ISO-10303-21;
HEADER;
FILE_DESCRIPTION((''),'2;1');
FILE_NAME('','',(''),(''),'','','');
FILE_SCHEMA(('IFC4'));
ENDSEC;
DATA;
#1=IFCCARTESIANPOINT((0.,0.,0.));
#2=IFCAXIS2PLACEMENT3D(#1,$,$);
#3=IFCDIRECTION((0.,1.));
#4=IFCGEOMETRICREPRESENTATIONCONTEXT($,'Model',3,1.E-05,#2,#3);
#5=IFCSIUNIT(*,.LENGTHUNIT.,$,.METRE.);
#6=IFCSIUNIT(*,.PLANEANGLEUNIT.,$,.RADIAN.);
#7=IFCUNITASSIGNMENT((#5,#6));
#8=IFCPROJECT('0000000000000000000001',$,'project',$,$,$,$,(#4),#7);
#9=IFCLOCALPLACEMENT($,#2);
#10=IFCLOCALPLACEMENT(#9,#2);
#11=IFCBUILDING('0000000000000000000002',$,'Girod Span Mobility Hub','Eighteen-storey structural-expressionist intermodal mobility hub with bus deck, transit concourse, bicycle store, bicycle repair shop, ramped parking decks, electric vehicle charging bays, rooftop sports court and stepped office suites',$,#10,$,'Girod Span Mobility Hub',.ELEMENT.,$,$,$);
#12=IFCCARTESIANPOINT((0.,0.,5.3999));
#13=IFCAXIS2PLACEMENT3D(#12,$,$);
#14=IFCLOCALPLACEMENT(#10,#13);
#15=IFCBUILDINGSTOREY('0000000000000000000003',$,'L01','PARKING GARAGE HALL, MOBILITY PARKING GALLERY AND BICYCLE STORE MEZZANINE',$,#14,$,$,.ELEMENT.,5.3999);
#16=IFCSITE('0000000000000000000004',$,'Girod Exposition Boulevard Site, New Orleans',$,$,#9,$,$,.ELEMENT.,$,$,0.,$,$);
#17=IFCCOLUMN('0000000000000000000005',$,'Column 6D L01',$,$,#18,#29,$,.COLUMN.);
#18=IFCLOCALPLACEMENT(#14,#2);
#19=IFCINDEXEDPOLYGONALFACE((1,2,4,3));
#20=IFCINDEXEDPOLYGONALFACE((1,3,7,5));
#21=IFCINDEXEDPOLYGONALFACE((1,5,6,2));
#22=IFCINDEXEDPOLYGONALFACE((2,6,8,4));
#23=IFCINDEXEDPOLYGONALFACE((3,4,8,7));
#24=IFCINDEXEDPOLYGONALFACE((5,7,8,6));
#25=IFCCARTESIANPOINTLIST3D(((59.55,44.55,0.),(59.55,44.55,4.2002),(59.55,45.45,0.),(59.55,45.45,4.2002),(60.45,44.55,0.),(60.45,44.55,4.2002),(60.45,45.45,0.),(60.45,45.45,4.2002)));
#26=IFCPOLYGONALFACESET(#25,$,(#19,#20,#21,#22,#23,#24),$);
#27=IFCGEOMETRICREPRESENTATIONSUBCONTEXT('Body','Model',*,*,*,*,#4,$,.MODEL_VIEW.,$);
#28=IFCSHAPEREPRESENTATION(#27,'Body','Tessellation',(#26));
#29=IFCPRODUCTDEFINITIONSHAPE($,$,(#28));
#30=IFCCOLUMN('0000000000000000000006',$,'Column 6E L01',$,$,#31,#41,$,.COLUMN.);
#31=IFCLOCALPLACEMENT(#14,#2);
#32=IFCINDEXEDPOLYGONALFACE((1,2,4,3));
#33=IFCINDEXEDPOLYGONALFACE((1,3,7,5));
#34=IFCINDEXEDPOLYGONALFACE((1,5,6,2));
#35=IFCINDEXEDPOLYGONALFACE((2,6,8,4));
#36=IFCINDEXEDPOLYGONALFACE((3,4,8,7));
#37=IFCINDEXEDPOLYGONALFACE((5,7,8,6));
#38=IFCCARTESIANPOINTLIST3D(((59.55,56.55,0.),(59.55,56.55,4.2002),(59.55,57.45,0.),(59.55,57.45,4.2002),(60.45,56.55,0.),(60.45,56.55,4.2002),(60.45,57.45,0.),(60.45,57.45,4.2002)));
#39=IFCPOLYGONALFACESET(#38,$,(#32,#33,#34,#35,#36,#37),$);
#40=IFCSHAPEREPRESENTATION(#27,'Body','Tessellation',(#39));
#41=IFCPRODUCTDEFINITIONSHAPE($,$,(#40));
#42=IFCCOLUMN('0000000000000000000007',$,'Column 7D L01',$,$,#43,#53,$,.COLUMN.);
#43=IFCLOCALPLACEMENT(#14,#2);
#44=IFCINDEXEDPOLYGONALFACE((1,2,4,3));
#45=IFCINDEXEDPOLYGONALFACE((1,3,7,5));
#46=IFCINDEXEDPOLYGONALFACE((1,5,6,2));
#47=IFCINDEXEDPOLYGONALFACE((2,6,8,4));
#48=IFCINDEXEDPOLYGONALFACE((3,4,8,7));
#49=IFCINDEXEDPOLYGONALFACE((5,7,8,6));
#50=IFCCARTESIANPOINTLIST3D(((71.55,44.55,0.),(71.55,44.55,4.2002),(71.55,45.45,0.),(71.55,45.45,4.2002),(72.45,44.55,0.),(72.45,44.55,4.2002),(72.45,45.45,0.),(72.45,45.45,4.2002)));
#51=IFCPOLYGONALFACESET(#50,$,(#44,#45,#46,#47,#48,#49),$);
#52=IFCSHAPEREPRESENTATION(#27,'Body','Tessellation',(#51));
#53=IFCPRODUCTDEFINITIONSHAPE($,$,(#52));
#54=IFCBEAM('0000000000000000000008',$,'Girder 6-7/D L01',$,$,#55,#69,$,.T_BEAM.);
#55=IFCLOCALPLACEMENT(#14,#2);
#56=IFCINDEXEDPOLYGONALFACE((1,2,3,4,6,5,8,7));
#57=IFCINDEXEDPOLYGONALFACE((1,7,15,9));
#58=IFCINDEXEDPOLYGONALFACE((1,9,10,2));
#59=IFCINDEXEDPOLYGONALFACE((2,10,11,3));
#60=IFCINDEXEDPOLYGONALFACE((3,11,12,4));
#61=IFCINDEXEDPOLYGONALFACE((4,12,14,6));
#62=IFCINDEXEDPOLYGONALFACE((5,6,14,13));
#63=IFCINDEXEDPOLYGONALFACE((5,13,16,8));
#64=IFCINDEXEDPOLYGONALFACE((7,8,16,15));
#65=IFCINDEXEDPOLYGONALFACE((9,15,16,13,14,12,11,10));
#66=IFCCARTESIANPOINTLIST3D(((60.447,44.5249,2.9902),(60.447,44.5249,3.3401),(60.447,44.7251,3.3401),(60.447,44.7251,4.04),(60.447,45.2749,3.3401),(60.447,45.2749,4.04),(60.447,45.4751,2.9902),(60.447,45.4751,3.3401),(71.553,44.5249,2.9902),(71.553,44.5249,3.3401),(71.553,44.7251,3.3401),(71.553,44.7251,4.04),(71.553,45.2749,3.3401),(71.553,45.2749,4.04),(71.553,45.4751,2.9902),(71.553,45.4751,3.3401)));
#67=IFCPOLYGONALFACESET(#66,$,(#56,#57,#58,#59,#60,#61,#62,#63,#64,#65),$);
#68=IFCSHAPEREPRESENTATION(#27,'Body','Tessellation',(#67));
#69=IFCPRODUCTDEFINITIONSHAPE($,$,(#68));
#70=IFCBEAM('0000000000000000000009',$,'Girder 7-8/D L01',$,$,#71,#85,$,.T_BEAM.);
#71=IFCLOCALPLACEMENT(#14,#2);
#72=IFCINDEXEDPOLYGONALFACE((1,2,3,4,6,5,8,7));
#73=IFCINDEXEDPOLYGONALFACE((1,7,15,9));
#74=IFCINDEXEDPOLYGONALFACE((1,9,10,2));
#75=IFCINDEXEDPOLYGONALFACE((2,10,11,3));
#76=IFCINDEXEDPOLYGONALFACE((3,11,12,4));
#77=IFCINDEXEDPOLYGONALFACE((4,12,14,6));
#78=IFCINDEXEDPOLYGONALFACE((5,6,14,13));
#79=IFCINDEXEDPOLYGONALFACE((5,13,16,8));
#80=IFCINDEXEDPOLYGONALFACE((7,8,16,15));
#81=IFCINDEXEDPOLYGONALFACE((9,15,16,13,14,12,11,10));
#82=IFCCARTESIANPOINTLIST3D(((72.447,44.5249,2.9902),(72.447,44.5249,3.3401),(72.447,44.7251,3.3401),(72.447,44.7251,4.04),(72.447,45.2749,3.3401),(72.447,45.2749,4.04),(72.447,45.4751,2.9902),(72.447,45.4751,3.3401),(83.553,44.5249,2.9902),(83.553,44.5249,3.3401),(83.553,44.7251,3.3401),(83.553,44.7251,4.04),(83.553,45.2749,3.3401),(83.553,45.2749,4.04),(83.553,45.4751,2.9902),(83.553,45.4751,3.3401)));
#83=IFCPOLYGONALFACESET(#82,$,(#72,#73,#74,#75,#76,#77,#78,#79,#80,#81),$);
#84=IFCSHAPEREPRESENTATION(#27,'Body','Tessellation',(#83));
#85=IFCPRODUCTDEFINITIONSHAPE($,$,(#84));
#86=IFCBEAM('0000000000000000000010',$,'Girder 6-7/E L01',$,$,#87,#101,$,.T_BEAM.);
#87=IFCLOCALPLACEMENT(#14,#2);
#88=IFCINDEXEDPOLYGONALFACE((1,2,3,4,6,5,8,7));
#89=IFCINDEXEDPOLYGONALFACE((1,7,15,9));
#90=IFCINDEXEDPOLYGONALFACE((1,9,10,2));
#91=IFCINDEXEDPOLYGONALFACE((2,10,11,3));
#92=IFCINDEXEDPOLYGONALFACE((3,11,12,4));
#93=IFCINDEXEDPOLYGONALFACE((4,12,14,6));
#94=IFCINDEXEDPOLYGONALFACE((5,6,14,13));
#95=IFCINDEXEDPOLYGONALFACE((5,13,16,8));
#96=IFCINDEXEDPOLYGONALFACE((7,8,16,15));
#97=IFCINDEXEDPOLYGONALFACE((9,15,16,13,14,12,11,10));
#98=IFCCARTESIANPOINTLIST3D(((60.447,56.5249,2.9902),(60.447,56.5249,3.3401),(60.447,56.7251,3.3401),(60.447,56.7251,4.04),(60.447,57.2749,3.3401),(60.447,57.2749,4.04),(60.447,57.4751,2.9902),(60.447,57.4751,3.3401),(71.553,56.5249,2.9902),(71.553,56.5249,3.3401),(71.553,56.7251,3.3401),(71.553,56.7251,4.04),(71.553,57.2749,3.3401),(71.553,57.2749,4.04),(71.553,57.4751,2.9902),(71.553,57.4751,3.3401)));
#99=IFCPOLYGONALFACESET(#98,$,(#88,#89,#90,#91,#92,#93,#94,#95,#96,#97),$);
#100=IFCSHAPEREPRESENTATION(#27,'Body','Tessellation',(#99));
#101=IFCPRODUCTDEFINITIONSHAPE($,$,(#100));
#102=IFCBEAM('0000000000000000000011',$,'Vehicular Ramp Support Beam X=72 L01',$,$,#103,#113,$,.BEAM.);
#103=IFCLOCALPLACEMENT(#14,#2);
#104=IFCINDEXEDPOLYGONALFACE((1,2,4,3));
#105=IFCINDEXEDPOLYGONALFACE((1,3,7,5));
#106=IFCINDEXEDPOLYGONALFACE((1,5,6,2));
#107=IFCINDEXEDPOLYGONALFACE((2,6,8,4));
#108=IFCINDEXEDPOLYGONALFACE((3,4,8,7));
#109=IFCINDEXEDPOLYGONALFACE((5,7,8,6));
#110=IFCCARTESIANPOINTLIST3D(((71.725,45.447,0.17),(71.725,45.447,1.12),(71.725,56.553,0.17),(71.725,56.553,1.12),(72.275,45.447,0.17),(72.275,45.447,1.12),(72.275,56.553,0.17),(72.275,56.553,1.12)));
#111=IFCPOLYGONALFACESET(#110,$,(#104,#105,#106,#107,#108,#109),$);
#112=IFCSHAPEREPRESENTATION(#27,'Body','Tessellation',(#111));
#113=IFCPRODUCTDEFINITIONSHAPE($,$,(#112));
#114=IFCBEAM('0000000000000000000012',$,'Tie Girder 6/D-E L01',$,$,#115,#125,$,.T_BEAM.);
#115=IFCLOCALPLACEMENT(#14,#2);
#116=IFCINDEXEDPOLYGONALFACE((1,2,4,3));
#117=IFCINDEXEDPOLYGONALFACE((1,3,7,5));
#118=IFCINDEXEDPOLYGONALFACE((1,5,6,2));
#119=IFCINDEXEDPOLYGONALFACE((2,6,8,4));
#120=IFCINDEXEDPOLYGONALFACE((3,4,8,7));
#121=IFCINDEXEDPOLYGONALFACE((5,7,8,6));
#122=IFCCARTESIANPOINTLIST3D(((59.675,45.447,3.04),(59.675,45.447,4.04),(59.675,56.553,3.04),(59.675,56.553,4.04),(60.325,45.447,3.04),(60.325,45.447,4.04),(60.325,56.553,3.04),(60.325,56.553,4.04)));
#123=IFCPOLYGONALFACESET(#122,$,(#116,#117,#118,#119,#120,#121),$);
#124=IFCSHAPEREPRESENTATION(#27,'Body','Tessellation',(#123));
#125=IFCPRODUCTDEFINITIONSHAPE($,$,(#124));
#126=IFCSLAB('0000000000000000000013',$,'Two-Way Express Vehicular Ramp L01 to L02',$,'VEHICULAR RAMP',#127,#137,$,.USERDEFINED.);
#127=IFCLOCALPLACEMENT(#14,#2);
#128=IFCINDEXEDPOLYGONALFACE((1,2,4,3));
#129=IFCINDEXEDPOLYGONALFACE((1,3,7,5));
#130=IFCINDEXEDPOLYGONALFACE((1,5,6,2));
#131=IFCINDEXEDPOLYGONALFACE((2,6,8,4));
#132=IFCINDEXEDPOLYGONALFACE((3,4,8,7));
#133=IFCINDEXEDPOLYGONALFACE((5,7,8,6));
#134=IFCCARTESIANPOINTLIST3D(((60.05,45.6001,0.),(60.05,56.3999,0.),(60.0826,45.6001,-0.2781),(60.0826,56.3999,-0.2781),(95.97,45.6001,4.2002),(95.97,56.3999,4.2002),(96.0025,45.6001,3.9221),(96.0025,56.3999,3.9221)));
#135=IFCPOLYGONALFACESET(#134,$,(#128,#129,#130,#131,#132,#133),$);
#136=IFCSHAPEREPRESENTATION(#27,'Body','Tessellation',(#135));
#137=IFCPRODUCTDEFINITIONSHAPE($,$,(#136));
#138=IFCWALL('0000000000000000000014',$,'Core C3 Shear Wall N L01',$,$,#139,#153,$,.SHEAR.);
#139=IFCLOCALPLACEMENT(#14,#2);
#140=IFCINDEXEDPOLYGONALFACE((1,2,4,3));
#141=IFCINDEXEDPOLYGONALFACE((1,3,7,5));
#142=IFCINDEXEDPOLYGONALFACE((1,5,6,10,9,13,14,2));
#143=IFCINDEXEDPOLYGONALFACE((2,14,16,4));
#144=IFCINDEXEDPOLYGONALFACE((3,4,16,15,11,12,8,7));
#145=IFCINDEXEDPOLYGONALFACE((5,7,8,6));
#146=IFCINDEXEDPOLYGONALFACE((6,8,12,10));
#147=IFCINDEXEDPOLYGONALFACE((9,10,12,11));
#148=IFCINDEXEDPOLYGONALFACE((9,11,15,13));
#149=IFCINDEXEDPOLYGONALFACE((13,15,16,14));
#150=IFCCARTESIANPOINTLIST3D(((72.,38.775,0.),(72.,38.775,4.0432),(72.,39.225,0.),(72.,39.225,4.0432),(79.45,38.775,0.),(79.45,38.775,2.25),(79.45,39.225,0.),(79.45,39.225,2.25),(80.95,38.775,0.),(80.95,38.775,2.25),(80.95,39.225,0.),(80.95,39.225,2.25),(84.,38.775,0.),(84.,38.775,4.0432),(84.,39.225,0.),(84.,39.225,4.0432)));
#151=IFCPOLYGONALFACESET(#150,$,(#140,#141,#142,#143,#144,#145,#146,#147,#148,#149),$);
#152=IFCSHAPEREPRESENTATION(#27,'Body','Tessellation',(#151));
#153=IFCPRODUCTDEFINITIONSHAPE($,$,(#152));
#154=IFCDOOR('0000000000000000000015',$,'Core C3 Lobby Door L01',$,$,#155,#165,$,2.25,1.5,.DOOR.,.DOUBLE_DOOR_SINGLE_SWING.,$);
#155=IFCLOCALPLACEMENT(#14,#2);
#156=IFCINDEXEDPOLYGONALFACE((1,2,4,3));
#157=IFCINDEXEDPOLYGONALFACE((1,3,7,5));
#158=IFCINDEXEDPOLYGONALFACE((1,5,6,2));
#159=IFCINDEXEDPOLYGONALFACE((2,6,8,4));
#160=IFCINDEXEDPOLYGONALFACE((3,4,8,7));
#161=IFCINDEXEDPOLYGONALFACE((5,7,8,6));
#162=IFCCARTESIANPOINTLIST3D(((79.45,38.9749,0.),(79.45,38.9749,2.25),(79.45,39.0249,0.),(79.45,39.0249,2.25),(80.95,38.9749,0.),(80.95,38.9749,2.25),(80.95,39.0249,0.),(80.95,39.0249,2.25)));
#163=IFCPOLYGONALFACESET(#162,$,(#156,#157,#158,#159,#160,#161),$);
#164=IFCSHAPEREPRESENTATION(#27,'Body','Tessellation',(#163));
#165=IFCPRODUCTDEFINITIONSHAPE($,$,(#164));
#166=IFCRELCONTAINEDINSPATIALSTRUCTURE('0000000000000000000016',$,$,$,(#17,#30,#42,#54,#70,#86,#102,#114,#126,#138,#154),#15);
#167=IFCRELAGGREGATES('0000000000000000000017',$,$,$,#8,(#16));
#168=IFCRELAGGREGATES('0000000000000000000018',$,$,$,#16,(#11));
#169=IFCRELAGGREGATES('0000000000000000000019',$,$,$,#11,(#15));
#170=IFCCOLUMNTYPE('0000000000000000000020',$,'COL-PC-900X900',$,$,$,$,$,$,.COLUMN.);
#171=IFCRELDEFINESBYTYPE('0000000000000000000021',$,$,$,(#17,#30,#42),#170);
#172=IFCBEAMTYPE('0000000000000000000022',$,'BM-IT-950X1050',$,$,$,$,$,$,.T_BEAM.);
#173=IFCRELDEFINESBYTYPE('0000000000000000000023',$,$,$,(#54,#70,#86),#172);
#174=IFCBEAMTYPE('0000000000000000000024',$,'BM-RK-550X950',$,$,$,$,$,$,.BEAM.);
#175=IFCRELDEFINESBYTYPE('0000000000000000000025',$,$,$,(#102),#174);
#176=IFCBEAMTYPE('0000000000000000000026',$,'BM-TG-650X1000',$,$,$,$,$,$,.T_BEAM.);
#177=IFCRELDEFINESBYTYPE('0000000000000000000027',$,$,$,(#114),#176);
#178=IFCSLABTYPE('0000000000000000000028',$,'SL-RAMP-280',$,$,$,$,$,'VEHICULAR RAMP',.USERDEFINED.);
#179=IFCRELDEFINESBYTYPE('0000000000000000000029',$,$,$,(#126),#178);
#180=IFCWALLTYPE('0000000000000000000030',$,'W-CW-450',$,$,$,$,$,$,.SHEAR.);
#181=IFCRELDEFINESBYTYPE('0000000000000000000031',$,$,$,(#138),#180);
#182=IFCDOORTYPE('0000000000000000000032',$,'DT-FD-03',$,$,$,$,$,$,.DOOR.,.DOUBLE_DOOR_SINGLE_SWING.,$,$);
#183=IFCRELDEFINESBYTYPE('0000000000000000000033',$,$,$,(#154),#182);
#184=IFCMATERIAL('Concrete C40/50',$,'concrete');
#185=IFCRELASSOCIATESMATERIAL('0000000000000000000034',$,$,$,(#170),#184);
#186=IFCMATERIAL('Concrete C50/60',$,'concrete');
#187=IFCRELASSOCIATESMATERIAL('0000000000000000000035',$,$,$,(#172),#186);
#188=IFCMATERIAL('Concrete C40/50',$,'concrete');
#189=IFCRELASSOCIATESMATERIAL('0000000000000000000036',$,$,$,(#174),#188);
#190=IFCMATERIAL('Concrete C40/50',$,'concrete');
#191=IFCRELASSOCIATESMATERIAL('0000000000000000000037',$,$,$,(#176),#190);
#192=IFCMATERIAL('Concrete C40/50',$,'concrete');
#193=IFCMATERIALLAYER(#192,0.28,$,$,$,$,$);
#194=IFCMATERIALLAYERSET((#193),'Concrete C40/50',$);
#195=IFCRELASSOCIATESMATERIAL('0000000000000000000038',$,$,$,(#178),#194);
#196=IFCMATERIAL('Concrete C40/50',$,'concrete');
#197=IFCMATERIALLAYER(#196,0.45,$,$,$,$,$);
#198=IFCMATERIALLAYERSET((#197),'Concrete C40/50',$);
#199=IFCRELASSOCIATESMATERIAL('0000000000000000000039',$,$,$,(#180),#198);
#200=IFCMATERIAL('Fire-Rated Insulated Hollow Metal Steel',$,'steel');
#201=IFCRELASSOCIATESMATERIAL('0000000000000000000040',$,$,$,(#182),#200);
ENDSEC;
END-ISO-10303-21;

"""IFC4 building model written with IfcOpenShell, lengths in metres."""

from ifc_helpers import new_model, si_unit, direction, frame, frame_2d, origin, origin_2d, place, context, subcontext, project, spatial, polyline, rectangle, outline, extrude, material, layer, layer_set, material_profile, profile_set, type_object, element, fill, save


model = new_model("IFC4")

# Units and contexts
model_context = context("Model", 3, precision=1e-05, world=origin(), true_north=direction((0.0, 1.0)))
body_context = subcontext(model_context, "Body", "Model", "MODEL_VIEW")
ifc_project = project(units=[si_unit("LENGTHUNIT", "METRE"), si_unit("PLANEANGLEUNIT", "RADIAN")], contexts=[model_context])

# Site, building, storey
site_placement = place(None, origin())
site = spatial("IfcSite", under=ifc_project, at=site_placement, Name="Girod Exposition Boulevard Site, New Orleans", CompositionType="ELEMENT", RefElevation=0.0)
building_placement = place(site_placement, origin())
building = spatial("IfcBuilding", under=site, at=building_placement, Name="Girod Span Mobility Hub", Description="Eighteen-storey structural-expressionist intermodal mobility hub with bus deck, transit concourse, bicycle store, bicycle repair shop, ramped parking decks, electric vehicle charging bays, rooftop sports court and stepped office suites", LongName="Girod Span Mobility Hub", CompositionType="ELEMENT")
storey_placement = place(building_placement, frame((0.0, 0.0, 5.3999)))
storey = spatial("IfcBuildingStorey", under=building, at=storey_placement, Name="L01", Description="PARKING GARAGE HALL, MOBILITY PARKING GALLERY AND BICYCLE STORE MEZZANINE", CompositionType="ELEMENT", Elevation=5.3999)

# Columns
ifc_material_1 = material(Name="Concrete C40/50", Category="concrete")
ifc_material_profile_1 = material_profile(ifc_material_1, rectangle(XDim=0.8999, YDim=0.8999, at=origin_2d()), Name="PC-COL-900X900")
ifc_profile_set_1 = profile_set([ifc_material_profile_1], Name="Concrete C40/50")
column_type = type_object("IfcColumnType", Name="COL-PC-900X900", PredefinedType="COLUMN", material=ifc_profile_set_1)
for number, where, z_axis, x_axis, name in (
    (1, (60.0, 45.0, 0.0), (0.0, 0.0, 1.0), (1.0, 0.0, 0.0), "Column 6D L01"),
    (2, (60.0, 57.0, 0.0), (0.0, 0.0, 1.0), (1.0, 0.0, 0.0), "Column 6E L01"),
    (3, (72.0, 45.0, 0.0), (0.0, 0.0, 1.0), (1.0, 0.0, 0.0), "Column 7D L01"),
):
    element("IfcColumn", number, at=place(storey_placement, frame(where, z_axis=z_axis, x_axis=x_axis)), inside=storey, type_object=column_type, Name=name, PredefinedType="COLUMN", context=body_context, shape_type="SweptSolid", body=[
        extrude(rectangle(XDim=0.8999, YDim=0.8999, at=origin_2d()), origin(), (0.0, 0.0, 1.0), 4.2002),
    ])

# Beams
ifc_material_2 = material(Name="Concrete C50/60", Category="concrete")
ifc_material_profile_2 = material_profile(ifc_material_2, outline(polyline([(-0.4751, -0.5249), (0.4751, -0.5249), (0.4751, -0.175), (0.2749, -0.175), (0.2749, 0.5249), (-0.2749, 0.5249), (-0.2749, -0.175), (-0.4751, -0.175), (-0.4751, -0.5249)])), Name="IT-950X1050")
ifc_profile_set_2 = profile_set([ifc_material_profile_2], Name="Concrete C50/60")
beam_type_1 = type_object("IfcBeamType", Name="BM-IT-950X1050", PredefinedType="T_BEAM", material=ifc_profile_set_2)
for number, where, z_axis, x_axis, name in (
    (4, (60.447, 45.0, 3.5151), (1.0, 0.0, 0.0), (0.0, 1.0, 0.0), "Girder 6-7/D L01"),
    (5, (72.447, 45.0, 3.5151), (1.0, 0.0, 0.0), (0.0, 1.0, 0.0), "Girder 7-8/D L01"),
    (6, (60.447, 57.0, 3.5151), (1.0, 0.0, 0.0), (0.0, 1.0, 0.0), "Girder 6-7/E L01"),
):
    element("IfcBeam", number, at=place(storey_placement, frame(where, z_axis=z_axis, x_axis=x_axis)), inside=storey, type_object=beam_type_1, Name=name, PredefinedType="T_BEAM", context=body_context, shape_type="SweptSolid", body=[
        extrude(outline(polyline([(-0.4751, -0.5249), (0.4751, -0.5249), (0.4751, -0.175), (0.2749, -0.175), (0.2749, 0.5249), (-0.2749, 0.5249), (-0.2749, -0.175), (-0.4751, -0.175), (-0.4751, -0.5249)])), origin(), (0.0, 0.0, 1.0), 11.106),
    ])
ifc_material_3 = material(Name="Concrete C40/50", Category="concrete")
ifc_material_profile_3 = material_profile(ifc_material_3, rectangle(XDim=0.55, YDim=0.95, at=origin_2d()), Name="RK-550X950")
ifc_profile_set_3 = profile_set([ifc_material_profile_3], Name="Concrete C40/50")
beam_type_2 = type_object("IfcBeamType", Name="BM-RK-550X950", PredefinedType="BEAM", material=ifc_profile_set_3)
beam_1_placement = place(storey_placement, frame((72.0, 45.447, 0.645), z_axis=(0.0, 1.0, 0.0), x_axis=(-1.0, 0.0, 0.0)))
element("IfcBeam", 7, at=beam_1_placement, inside=storey, type_object=beam_type_2, Name="Vehicular Ramp Support Beam X=72 L01", PredefinedType="BEAM", context=body_context, shape_type="SweptSolid", body=[
    extrude(rectangle(XDim=0.55, YDim=0.95, at=origin_2d()), origin(), (0.0, 0.0, 1.0), 11.106),
])
ifc_material_4 = material(Name="Concrete C40/50", Category="concrete")
ifc_material_profile_4 = material_profile(ifc_material_4, rectangle(XDim=0.6499, YDim=1.0, at=origin_2d()), Name="TG-650X1000")
ifc_profile_set_4 = profile_set([ifc_material_profile_4], Name="Concrete C40/50")
beam_type_3 = type_object("IfcBeamType", Name="BM-TG-650X1000", PredefinedType="T_BEAM", material=ifc_profile_set_4)
beam_2_placement = place(storey_placement, frame((60.0, 45.447, 3.54), z_axis=(0.0, 1.0, 0.0), x_axis=(-1.0, 0.0, 0.0)))
element("IfcBeam", 8, at=beam_2_placement, inside=storey, type_object=beam_type_3, Name="Tie Girder 6/D-E L01", PredefinedType="T_BEAM", context=body_context, shape_type="SweptSolid", body=[
    extrude(rectangle(XDim=0.6499, YDim=1.0, at=origin_2d()), origin(), (0.0, 0.0, 1.0), 11.106),
])

# Slab
ifc_material_5 = material(Name="Concrete C40/50", Category="concrete")
ifc_layer_1 = layer(ifc_material_5, 0.28)
ifc_layer_set_1 = layer_set([ifc_layer_1], Name="Concrete C40/50")
slab_type = type_object("IfcSlabType", Name="SL-RAMP-280", ElementType="VEHICULAR RAMP", PredefinedType="USERDEFINED", material=ifc_layer_set_1)
slab_placement = place(storey_placement, frame((60.05, 45.6001, 0.0), z_axis=(-0.116141, 0.0, 0.993233), x_axis=(0.993233, 0.0, 0.116141)))
element("IfcSlab", 9, at=slab_placement, inside=storey, type_object=slab_type, Name="Two-Way Express Vehicular Ramp L01 to L02", ObjectType="VEHICULAR RAMP", PredefinedType="USERDEFINED", context=body_context, shape_type="SweptSolid", body=[
    extrude(outline(polyline([(0.0, 0.0), (36.1647, 0.0), (36.1647, 10.7998), (0.0, 10.7998), (0.0, 0.0)])), origin(), (0.0, 0.0, -1.0), 0.28),
])

# Wall, opening, door
ifc_material_6 = material(Name="Concrete C40/50", Category="concrete")
ifc_layer_2 = layer(ifc_material_6, 0.45)
ifc_layer_set_2 = layer_set([ifc_layer_2], Name="Concrete C40/50")
wall_type = type_object("IfcWallType", Name="W-CW-450", PredefinedType="SHEAR", material=ifc_layer_set_2)
wall_placement = place(storey_placement, frame((72.0, 39.0, 0.0), z_axis=(0.0, 0.0, 1.0), x_axis=(1.0, 0.0, 0.0)))
wall = element("IfcWall", 10, at=wall_placement, inside=storey, type_object=wall_type, Name="Core C3 Shear Wall N L01", PredefinedType="SHEAR", context=body_context, shape_type="SweptSolid", body=[
    extrude(rectangle(XDim=12.0, YDim=0.45, at=frame_2d((6.0, 0.0))), origin(), (0.0, 0.0, 1.0), 4.0432),
])
opening_placement = place(wall_placement, frame((7.45, 0.0, 0.0)))
opening = element("IfcOpeningElement", 11, at=opening_placement, cuts=wall, PredefinedType="OPENING", context=body_context, shape_type="SweptSolid", body=[
    extrude(rectangle(XDim=1.5, YDim=2.25, at=frame_2d((0.75, 1.125))), frame((0.0, 0.24, 0.0), z_axis=(0.0, -1.0, 0.0), x_axis=(1.0, 0.0, 0.0)), (0.0, 0.0, 1.0), 0.48),
])
ifc_material_7 = material(Name="Fire-Rated Insulated Hollow Metal Steel", Category="steel")
door_type = type_object("IfcDoorType", Name="DT-FD-03", OperationType="DOUBLE_DOOR_SINGLE_SWING", PredefinedType="DOOR", material=ifc_material_7)
door_placement = place(opening_placement, origin())
door = element("IfcDoor", 12, at=door_placement, inside=storey, type_object=door_type, Name="Core C3 Lobby Door L01", OperationType="DOUBLE_DOOR_SINGLE_SWING", OverallHeight=2.25, OverallWidth=1.5, PredefinedType="DOOR", context=body_context, shape_type="SweptSolid", body=[
    extrude(rectangle(XDim=1.5, YDim=2.25, at=frame_2d((0.75, 1.125))), frame((0.0, 0.0249, 0.0), z_axis=(0.0, -1.0, 0.0), x_axis=(1.0, 0.0, 0.0)), (0.0, 0.0, 1.0), 0.05),
])
fill(opening, door)

save(model, "model.ifc")
